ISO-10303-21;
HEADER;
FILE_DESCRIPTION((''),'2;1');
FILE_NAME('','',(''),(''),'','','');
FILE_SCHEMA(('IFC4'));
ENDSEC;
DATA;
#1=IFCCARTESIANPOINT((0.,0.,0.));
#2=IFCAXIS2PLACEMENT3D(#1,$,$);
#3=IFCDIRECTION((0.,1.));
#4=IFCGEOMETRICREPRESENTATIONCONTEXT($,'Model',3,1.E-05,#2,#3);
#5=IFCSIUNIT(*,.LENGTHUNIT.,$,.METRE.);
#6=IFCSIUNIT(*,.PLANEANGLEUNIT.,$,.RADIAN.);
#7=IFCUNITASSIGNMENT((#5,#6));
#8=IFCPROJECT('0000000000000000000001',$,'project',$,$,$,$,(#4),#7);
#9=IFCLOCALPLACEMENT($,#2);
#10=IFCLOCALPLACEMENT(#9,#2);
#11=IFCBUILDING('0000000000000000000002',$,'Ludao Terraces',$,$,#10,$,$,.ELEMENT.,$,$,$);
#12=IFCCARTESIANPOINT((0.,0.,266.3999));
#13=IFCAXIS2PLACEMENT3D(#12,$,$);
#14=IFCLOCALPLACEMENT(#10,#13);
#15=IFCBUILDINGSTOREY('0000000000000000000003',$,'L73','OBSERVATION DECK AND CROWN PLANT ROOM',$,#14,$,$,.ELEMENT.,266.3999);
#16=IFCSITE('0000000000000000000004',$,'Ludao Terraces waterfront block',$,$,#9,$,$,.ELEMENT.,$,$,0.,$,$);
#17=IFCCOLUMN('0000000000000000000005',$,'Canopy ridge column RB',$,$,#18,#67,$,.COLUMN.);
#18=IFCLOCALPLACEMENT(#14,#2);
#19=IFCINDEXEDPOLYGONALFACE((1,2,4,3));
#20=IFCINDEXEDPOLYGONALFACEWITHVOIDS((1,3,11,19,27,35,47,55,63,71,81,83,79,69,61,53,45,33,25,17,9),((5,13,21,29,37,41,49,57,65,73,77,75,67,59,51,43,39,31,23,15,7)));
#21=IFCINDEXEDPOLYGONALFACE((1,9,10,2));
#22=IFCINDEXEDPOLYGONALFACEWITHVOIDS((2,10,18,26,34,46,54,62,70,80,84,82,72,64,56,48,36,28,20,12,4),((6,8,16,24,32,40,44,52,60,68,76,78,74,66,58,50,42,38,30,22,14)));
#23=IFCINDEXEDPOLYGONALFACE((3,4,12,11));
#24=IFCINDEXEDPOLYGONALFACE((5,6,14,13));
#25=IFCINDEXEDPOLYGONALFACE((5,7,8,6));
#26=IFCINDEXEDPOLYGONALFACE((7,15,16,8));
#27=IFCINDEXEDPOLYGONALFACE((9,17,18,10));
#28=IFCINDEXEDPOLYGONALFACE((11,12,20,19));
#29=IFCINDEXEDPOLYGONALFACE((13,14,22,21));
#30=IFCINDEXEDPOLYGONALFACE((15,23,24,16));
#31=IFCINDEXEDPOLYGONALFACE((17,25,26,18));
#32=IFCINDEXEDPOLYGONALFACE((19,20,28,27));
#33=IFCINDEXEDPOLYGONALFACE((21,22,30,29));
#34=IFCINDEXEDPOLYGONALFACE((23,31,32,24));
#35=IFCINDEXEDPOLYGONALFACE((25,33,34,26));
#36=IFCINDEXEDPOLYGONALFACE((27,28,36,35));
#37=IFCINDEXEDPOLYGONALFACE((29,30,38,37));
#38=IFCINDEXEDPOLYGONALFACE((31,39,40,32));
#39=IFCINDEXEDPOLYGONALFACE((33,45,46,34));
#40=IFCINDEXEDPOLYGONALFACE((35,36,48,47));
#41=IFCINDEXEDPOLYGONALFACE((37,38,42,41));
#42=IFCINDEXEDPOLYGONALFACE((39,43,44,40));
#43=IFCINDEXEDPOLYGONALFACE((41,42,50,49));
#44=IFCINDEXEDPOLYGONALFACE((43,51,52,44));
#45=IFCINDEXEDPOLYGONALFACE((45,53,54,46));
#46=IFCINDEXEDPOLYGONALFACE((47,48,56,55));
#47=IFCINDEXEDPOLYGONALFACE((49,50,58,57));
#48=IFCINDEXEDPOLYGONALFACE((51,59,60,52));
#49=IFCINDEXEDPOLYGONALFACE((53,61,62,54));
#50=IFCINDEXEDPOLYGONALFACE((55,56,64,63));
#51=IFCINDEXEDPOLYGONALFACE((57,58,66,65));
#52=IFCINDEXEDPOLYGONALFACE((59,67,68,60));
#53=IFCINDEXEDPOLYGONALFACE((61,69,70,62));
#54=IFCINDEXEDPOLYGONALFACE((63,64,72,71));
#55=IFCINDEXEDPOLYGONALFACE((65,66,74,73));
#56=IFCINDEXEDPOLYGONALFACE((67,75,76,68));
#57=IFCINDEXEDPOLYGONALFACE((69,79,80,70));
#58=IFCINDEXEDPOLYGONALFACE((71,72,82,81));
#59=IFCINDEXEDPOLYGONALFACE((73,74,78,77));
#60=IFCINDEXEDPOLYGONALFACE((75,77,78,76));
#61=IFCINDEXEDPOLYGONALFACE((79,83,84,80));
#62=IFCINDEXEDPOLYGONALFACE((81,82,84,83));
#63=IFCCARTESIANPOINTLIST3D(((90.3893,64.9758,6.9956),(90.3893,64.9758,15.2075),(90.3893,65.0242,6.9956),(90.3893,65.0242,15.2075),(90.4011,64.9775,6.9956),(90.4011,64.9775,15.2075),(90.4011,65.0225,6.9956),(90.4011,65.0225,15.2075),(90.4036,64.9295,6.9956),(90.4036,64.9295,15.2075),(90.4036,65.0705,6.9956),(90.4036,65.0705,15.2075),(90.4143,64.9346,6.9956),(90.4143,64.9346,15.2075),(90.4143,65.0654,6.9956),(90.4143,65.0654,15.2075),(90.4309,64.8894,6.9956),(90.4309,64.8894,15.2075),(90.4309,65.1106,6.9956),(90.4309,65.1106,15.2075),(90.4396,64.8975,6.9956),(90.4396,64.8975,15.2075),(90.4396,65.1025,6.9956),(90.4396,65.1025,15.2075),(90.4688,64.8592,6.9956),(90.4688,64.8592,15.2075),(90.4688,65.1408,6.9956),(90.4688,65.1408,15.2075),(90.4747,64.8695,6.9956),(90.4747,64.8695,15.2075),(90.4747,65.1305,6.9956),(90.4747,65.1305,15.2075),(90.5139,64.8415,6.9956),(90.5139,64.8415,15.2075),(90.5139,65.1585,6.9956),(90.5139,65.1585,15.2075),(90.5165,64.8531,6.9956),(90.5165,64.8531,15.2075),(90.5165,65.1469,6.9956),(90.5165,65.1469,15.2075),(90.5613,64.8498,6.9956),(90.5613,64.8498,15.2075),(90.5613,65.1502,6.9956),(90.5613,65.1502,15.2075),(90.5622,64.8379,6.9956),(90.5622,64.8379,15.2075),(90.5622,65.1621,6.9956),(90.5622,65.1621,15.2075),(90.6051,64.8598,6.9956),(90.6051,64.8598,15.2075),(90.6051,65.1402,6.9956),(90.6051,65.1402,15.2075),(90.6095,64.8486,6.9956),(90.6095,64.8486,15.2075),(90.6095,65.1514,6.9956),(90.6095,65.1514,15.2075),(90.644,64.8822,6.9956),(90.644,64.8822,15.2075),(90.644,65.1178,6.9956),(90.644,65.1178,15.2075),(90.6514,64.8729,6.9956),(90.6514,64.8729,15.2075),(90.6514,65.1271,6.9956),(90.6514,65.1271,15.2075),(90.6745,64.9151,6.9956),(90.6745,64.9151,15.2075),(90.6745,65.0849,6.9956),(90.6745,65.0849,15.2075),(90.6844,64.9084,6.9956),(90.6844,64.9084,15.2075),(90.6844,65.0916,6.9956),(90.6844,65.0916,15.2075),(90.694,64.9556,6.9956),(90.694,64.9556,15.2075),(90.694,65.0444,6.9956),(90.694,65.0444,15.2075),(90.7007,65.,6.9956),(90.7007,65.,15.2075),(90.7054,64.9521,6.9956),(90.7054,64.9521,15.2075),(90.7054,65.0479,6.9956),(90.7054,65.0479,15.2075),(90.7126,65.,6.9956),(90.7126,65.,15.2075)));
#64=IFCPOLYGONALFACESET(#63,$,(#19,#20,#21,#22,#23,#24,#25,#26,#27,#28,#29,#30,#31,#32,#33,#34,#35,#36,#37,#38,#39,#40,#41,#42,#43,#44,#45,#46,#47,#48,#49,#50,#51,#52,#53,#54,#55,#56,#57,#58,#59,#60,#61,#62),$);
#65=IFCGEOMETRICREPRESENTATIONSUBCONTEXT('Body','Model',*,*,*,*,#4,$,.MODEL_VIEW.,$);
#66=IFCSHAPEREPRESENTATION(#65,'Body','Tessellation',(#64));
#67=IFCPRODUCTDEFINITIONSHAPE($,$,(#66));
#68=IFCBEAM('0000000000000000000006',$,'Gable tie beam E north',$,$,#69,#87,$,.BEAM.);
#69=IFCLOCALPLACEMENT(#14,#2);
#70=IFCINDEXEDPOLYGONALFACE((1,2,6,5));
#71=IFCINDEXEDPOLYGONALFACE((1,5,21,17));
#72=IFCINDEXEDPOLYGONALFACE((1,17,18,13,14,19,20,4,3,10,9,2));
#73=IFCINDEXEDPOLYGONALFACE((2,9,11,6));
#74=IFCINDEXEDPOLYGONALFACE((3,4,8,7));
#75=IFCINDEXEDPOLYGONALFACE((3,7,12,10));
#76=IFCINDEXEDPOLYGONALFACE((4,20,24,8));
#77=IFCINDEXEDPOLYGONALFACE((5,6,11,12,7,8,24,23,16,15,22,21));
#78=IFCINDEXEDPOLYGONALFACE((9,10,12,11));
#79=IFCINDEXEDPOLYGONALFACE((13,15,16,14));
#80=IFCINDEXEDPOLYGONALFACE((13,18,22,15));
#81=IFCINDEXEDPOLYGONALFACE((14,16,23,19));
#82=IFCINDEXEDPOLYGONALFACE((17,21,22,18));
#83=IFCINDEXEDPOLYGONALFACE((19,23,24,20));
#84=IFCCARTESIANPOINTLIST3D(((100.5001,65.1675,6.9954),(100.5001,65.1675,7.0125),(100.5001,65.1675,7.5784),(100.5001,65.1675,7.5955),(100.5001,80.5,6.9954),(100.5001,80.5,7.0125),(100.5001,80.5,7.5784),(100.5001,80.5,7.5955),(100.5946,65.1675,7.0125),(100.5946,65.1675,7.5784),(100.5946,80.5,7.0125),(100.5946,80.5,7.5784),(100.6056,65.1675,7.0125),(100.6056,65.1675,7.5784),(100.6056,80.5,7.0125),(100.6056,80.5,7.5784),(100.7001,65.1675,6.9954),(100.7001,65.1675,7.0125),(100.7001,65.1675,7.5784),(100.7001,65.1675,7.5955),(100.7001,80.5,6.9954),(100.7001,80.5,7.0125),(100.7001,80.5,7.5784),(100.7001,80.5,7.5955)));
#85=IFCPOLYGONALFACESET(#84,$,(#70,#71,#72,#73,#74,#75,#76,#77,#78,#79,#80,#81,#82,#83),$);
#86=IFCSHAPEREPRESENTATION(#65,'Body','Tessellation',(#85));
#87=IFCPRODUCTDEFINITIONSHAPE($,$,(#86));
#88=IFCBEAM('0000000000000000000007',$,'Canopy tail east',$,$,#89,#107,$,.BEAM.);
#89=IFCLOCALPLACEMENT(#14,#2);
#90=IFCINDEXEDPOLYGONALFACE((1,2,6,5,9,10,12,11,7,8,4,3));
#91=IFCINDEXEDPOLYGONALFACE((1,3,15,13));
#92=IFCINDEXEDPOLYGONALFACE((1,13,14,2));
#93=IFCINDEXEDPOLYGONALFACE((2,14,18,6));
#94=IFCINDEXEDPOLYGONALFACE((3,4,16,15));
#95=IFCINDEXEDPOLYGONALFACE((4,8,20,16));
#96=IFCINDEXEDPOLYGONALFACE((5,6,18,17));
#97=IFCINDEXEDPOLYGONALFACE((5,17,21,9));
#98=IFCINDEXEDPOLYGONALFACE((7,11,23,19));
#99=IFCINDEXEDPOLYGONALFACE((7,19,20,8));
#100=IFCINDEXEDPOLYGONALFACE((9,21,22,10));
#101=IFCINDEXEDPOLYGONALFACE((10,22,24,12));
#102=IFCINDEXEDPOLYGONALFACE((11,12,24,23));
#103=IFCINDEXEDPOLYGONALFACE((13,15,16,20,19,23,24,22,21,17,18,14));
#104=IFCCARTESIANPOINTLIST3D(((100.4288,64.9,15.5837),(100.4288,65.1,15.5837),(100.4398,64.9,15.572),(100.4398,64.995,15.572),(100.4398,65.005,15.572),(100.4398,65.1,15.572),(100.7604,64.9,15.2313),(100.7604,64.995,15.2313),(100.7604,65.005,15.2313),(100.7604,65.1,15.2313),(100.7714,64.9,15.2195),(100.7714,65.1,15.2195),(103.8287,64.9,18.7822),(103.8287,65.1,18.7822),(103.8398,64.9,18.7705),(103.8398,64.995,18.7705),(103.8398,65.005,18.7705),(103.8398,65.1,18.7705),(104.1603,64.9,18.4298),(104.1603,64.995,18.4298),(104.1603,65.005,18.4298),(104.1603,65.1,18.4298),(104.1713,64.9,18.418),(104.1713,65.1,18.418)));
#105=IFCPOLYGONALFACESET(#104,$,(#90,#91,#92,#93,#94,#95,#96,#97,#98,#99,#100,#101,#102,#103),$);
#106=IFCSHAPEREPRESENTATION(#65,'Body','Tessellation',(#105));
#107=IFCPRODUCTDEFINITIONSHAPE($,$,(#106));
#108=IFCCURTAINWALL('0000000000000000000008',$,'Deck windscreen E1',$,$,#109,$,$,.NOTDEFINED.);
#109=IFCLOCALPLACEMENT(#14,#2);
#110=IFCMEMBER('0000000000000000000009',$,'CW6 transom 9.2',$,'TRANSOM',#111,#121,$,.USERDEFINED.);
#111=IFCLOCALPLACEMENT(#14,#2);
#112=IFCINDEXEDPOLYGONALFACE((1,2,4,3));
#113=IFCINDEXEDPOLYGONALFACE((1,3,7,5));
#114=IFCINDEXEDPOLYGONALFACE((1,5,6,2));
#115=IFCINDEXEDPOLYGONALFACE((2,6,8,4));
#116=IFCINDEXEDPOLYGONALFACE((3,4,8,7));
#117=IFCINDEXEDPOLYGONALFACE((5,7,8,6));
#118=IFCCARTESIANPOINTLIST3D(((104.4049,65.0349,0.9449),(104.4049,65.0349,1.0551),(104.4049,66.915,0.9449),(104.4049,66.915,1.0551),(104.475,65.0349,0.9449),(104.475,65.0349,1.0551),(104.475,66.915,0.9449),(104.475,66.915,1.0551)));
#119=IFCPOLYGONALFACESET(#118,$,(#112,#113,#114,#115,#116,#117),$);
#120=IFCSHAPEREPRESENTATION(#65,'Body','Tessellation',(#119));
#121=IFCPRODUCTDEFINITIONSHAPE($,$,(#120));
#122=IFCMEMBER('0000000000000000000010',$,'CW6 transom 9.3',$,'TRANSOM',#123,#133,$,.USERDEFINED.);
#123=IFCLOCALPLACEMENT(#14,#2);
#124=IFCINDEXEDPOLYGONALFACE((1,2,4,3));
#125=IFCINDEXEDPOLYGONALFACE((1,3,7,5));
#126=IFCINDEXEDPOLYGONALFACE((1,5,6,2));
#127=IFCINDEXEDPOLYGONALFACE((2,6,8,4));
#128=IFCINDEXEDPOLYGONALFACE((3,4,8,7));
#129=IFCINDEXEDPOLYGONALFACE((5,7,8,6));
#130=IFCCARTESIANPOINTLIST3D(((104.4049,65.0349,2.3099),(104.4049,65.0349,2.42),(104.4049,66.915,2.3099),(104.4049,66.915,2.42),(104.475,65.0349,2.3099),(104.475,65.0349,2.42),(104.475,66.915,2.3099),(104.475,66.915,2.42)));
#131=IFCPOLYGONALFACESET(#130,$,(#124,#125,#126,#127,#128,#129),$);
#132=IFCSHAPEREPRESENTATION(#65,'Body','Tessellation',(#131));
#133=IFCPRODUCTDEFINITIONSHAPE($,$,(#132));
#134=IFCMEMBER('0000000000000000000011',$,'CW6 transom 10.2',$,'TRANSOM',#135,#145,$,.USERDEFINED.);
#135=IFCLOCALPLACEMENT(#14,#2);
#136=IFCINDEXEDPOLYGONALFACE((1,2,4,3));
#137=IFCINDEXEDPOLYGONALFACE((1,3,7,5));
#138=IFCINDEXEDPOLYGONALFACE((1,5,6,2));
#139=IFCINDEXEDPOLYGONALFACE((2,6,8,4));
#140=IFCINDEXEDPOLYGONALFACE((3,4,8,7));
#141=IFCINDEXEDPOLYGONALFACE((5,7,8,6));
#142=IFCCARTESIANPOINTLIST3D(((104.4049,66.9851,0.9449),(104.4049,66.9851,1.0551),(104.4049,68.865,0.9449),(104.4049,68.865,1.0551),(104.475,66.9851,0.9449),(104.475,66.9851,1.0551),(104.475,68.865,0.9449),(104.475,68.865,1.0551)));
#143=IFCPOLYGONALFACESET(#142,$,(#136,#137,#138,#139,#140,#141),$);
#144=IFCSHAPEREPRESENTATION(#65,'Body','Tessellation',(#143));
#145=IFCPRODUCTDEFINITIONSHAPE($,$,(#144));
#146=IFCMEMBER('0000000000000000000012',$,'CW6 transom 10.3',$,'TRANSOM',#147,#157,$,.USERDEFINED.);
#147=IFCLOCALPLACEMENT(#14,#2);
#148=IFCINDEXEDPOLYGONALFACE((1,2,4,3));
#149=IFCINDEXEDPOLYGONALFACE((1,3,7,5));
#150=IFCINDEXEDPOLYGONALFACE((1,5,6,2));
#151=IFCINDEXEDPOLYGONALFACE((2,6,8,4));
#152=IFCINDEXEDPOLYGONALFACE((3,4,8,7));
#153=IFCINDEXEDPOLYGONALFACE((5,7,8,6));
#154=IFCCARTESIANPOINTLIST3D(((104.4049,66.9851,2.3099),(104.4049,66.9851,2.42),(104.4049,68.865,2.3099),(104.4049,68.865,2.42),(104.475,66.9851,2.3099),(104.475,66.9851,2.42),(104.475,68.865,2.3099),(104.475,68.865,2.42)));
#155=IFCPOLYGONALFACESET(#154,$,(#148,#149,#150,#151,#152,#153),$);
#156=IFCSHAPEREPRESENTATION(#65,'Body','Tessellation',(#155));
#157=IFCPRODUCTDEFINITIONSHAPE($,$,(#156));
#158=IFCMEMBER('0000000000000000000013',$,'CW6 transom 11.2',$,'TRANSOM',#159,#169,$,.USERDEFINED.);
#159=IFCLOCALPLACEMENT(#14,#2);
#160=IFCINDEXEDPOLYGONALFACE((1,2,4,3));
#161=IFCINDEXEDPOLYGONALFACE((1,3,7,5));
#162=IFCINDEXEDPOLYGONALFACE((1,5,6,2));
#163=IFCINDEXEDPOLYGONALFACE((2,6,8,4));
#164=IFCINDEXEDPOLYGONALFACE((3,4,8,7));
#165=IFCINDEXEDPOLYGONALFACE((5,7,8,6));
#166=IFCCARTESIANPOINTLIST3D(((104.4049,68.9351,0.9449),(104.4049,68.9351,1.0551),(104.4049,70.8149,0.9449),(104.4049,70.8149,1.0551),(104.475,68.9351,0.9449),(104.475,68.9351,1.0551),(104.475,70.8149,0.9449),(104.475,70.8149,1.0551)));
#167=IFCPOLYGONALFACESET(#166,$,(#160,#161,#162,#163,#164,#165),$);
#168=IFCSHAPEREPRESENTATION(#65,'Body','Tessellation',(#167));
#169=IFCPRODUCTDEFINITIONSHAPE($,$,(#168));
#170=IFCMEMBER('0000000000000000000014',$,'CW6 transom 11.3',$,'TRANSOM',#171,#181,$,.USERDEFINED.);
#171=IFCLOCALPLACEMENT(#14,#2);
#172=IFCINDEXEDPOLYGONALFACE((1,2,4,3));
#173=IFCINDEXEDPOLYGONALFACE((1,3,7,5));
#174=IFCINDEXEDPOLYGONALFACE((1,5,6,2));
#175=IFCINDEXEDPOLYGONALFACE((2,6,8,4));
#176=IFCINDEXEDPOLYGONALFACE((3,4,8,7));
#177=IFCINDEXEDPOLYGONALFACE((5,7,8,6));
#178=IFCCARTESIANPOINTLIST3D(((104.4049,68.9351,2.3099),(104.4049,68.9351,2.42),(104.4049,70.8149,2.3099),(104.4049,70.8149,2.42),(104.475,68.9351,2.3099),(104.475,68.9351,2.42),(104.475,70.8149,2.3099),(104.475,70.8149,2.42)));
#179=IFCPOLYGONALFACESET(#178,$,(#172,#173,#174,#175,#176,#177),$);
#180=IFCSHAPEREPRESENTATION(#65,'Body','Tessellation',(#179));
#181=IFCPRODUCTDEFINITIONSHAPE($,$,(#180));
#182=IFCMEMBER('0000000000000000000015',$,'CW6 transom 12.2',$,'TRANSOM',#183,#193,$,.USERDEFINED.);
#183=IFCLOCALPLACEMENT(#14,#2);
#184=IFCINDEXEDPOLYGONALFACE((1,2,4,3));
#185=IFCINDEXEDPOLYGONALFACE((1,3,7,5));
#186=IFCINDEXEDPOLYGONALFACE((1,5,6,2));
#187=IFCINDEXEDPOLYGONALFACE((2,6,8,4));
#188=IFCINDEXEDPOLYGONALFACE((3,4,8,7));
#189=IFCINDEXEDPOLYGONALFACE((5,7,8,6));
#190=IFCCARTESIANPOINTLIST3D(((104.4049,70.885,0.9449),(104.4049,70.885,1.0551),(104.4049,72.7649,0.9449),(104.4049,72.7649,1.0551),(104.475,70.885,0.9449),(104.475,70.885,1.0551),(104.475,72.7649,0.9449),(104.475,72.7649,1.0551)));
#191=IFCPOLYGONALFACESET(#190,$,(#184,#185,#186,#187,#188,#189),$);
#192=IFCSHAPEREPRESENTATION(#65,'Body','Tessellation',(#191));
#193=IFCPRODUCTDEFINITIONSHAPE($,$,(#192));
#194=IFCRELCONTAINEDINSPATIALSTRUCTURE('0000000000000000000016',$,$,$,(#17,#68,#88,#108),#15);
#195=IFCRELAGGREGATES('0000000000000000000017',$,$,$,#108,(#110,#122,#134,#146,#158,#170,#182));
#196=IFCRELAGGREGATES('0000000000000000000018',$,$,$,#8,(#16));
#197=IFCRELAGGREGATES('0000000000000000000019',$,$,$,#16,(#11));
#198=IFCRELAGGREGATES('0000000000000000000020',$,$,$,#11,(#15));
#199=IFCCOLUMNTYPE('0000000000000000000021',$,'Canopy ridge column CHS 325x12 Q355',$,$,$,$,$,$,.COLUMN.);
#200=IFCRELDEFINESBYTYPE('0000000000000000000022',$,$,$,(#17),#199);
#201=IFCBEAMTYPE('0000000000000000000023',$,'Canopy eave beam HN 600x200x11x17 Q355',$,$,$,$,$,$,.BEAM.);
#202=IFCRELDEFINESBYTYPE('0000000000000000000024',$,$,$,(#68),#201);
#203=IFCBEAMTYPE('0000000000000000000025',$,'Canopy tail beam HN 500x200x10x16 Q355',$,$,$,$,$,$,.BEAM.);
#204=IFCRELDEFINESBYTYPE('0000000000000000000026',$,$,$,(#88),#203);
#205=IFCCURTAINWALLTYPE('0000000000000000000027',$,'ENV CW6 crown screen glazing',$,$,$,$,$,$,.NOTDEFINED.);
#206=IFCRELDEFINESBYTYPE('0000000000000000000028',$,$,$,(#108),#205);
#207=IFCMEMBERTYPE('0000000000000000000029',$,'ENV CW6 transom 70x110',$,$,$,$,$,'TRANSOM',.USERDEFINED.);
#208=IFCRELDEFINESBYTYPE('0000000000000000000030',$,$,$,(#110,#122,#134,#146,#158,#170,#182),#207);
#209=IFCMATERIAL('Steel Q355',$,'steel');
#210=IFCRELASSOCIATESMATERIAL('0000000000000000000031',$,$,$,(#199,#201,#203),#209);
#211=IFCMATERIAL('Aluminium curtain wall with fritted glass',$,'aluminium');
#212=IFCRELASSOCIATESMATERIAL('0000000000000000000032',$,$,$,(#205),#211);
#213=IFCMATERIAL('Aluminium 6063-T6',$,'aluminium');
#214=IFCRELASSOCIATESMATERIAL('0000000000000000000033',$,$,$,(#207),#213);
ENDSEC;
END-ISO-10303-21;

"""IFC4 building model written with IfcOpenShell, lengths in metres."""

from ifc_helpers import new_model, si_unit, direction, frame, origin, origin_2d, place, context, subcontext, project, spatial, rectangle, hollow_circle, i_section, extrude, material, material_profile, profile_set, type_object, element, aggregate, save


model = new_model("IFC4")

# Units and contexts
model_context = context("Model", 3, precision=1e-05, world=origin(), true_north=direction((0.0, 1.0)))
body_context = subcontext(model_context, "Body", "Model", "MODEL_VIEW")
ifc_project = project(units=[si_unit("LENGTHUNIT", "METRE"), si_unit("PLANEANGLEUNIT", "RADIAN")], contexts=[model_context])

# Site, building, storey
site_placement = place(None, origin())
site = spatial("IfcSite", under=ifc_project, at=site_placement, Name="Ludao Terraces waterfront block", CompositionType="ELEMENT", RefElevation=0.0)
building_placement = place(site_placement, origin())
building = spatial("IfcBuilding", under=site, at=building_placement, Name="Ludao Terraces", CompositionType="ELEMENT")
storey_placement = place(building_placement, frame((0.0, 0.0, 266.3999)))
storey = spatial("IfcBuildingStorey", under=building, at=storey_placement, Name="L73", Description="OBSERVATION DECK AND CROWN PLANT ROOM", CompositionType="ELEMENT", Elevation=266.3999)

# Column
ifc_material_1 = material(Name="Steel Q355", Category="steel")
ifc_material_profile_1 = material_profile(ifc_material_1, hollow_circle(Radius=0.1626, WallThickness=0.012, at=origin_2d()), Name="CHS 325X12")
ifc_profile_set_1 = profile_set([ifc_material_profile_1], Name="Steel Q355")
column_type = type_object("IfcColumnType", Name="Canopy ridge column CHS 325x12 Q355", PredefinedType="COLUMN", material=ifc_profile_set_1)
column_placement = place(storey_placement, frame((90.55, 65.0, 6.9956), z_axis=(0.0, 0.0, 1.0), x_axis=(1.0, 0.0, 0.0)))
element("IfcColumn", 1, at=column_placement, inside=storey, type_object=column_type, Name="Canopy ridge column RB", PredefinedType="COLUMN", context=body_context, shape_type="SweptSolid", body=[
    extrude(hollow_circle(Radius=0.1626, WallThickness=0.012, at=origin_2d()), origin(), (0.0, 0.0, 1.0), 8.2119),
])

# Beams
ifc_material_profile_2 = material_profile(ifc_material_1, i_section(OverallWidth=0.2, OverallDepth=0.6001, WebThickness=0.011, FlangeThickness=0.0171, at=origin_2d()), Name="HN 600X200X11X17")
ifc_profile_set_2 = profile_set([ifc_material_profile_2], Name="Steel Q355")
beam_type_1 = type_object("IfcBeamType", Name="Canopy eave beam HN 600x200x11x17 Q355", PredefinedType="BEAM", material=ifc_profile_set_2)
beam_1_placement = place(storey_placement, frame((100.6001, 65.1675, 7.2954), z_axis=(0.0, 1.0, 0.0), x_axis=(-1.0, 0.0, 0.0)))
element("IfcBeam", 2, at=beam_1_placement, inside=storey, type_object=beam_type_1, Name="Gable tie beam E north", PredefinedType="BEAM", context=body_context, shape_type="SweptSolid", body=[
    extrude(i_section(OverallWidth=0.2, OverallDepth=0.6001, WebThickness=0.011, FlangeThickness=0.0171, at=origin_2d()), origin(), (0.0, 0.0, 1.0), 15.3325),
])
ifc_material_profile_3 = material_profile(ifc_material_1, i_section(OverallWidth=0.2, OverallDepth=0.5, WebThickness=0.01, FlangeThickness=0.0161, at=origin_2d()), Name="HN 500X200X10X16")
ifc_profile_set_3 = profile_set([ifc_material_profile_3], Name="Steel Q355")
beam_type_2 = type_object("IfcBeamType", Name="Canopy tail beam HN 500x200x10x16 Q355", PredefinedType="BEAM", material=ifc_profile_set_3)
beam_2_placement = place(storey_placement, frame((100.6001, 65.0, 15.4016), z_axis=(0.728352, 0.0, 0.685203), x_axis=(0.0, 1.0, 0.0)))
element("IfcBeam", 3, at=beam_2_placement, inside=storey, type_object=beam_type_2, Name="Canopy tail east", PredefinedType="BEAM", context=body_context, shape_type="SweptSolid", body=[
    extrude(i_section(OverallWidth=0.2, OverallDepth=0.5, WebThickness=0.01, FlangeThickness=0.0161, at=origin_2d()), origin(), (0.0, 0.0, 1.0), 4.668),
])

# Curtain wall, members
ifc_material_2 = material(Name="Aluminium curtain wall with fritted glass", Category="aluminium")
curtain_wall_type = type_object("IfcCurtainWallType", Name="ENV CW6 crown screen glazing", PredefinedType="NOTDEFINED", material=ifc_material_2)
curtain_wall_placement = place(storey_placement, origin())
curtain_wall = element("IfcCurtainWall", 4, at=curtain_wall_placement, inside=storey, type_object=curtain_wall_type, Name="Deck windscreen E1", PredefinedType="NOTDEFINED")
ifc_material_3 = material(Name="Aluminium 6063-T6", Category="aluminium")
ifc_material_profile_4 = material_profile(ifc_material_3, rectangle(XDim=0.0701, YDim=0.1101, at=origin_2d()), Name="70 X 110")
ifc_profile_set_4 = profile_set([ifc_material_profile_4], Name="Aluminium 6063-T6")
member_type = type_object("IfcMemberType", Name="ENV CW6 transom 70x110", ElementType="TRANSOM", PredefinedType="USERDEFINED", material=ifc_profile_set_4)
member_1_placement = place(storey_placement, frame((104.4399, 65.0349, 1.0), z_axis=(0.0, 1.0, 0.0), x_axis=(-1.0, 0.0, 0.0)))
member_1 = element("IfcMember", 5, at=member_1_placement, type_object=member_type, Name="CW6 transom 9.2", ObjectType="TRANSOM", PredefinedType="USERDEFINED", context=body_context, shape_type="SweptSolid", body=[
    extrude(rectangle(XDim=0.0701, YDim=0.1101, at=origin_2d()), origin(), (0.0, 0.0, 1.0), 1.8801),
])
member_2_placement = place(storey_placement, frame((104.4399, 65.0349, 2.365), z_axis=(0.0, 1.0, 0.0), x_axis=(-1.0, 0.0, 0.0)))
member_2 = element("IfcMember", 6, at=member_2_placement, type_object=member_type, Name="CW6 transom 9.3", ObjectType="TRANSOM", PredefinedType="USERDEFINED", context=body_context, shape_type="SweptSolid", body=[
    extrude(rectangle(XDim=0.0701, YDim=0.1101, at=origin_2d()), origin(), (0.0, 0.0, 1.0), 1.8801),
])
member_3_placement = place(storey_placement, frame((104.4399, 66.9851, 1.0), z_axis=(0.0, 1.0, 0.0), x_axis=(-1.0, 0.0, 0.0)))
member_3 = element("IfcMember", 7, at=member_3_placement, type_object=member_type, Name="CW6 transom 10.2", ObjectType="TRANSOM", PredefinedType="USERDEFINED", context=body_context, shape_type="SweptSolid", body=[
    extrude(rectangle(XDim=0.0701, YDim=0.1101, at=origin_2d()), origin(), (0.0, 0.0, 1.0), 1.8799),
])
member_4_placement = place(storey_placement, frame((104.4399, 66.9851, 2.365), z_axis=(0.0, 1.0, 0.0), x_axis=(-1.0, 0.0, 0.0)))
member_4 = element("IfcMember", 8, at=member_4_placement, type_object=member_type, Name="CW6 transom 10.3", ObjectType="TRANSOM", PredefinedType="USERDEFINED", context=body_context, shape_type="SweptSolid", body=[
    extrude(rectangle(XDim=0.0701, YDim=0.1101, at=origin_2d()), origin(), (0.0, 0.0, 1.0), 1.8799),
])
member_5_placement = place(storey_placement, frame((104.4399, 68.9351, 1.0), z_axis=(0.0, 1.0, 0.0), x_axis=(-1.0, 0.0, 0.0)))
member_5 = element("IfcMember", 9, at=member_5_placement, type_object=member_type, Name="CW6 transom 11.2", ObjectType="TRANSOM", PredefinedType="USERDEFINED", context=body_context, shape_type="SweptSolid", body=[
    extrude(rectangle(XDim=0.0701, YDim=0.1101, at=origin_2d()), origin(), (0.0, 0.0, 1.0), 1.8799),
])
member_6_placement = place(storey_placement, frame((104.4399, 68.9351, 2.365), z_axis=(0.0, 1.0, 0.0), x_axis=(-1.0, 0.0, 0.0)))
member_6 = element("IfcMember", 10, at=member_6_placement, type_object=member_type, Name="CW6 transom 11.3", ObjectType="TRANSOM", PredefinedType="USERDEFINED", context=body_context, shape_type="SweptSolid", body=[
    extrude(rectangle(XDim=0.0701, YDim=0.1101, at=origin_2d()), origin(), (0.0, 0.0, 1.0), 1.8799),
])
member_7_placement = place(storey_placement, frame((104.4399, 70.885, 1.0), z_axis=(0.0, 1.0, 0.0), x_axis=(-1.0, 0.0, 0.0)))
member_7 = element("IfcMember", 11, at=member_7_placement, type_object=member_type, Name="CW6 transom 12.2", ObjectType="TRANSOM", PredefinedType="USERDEFINED", context=body_context, shape_type="SweptSolid", body=[
    extrude(rectangle(XDim=0.0701, YDim=0.1101, at=origin_2d()), origin(), (0.0, 0.0, 1.0), 1.8799),
])
aggregate(curtain_wall, [member_1, member_2, member_3, member_4, member_5, member_6, member_7])

save(model, "model.ifc")
